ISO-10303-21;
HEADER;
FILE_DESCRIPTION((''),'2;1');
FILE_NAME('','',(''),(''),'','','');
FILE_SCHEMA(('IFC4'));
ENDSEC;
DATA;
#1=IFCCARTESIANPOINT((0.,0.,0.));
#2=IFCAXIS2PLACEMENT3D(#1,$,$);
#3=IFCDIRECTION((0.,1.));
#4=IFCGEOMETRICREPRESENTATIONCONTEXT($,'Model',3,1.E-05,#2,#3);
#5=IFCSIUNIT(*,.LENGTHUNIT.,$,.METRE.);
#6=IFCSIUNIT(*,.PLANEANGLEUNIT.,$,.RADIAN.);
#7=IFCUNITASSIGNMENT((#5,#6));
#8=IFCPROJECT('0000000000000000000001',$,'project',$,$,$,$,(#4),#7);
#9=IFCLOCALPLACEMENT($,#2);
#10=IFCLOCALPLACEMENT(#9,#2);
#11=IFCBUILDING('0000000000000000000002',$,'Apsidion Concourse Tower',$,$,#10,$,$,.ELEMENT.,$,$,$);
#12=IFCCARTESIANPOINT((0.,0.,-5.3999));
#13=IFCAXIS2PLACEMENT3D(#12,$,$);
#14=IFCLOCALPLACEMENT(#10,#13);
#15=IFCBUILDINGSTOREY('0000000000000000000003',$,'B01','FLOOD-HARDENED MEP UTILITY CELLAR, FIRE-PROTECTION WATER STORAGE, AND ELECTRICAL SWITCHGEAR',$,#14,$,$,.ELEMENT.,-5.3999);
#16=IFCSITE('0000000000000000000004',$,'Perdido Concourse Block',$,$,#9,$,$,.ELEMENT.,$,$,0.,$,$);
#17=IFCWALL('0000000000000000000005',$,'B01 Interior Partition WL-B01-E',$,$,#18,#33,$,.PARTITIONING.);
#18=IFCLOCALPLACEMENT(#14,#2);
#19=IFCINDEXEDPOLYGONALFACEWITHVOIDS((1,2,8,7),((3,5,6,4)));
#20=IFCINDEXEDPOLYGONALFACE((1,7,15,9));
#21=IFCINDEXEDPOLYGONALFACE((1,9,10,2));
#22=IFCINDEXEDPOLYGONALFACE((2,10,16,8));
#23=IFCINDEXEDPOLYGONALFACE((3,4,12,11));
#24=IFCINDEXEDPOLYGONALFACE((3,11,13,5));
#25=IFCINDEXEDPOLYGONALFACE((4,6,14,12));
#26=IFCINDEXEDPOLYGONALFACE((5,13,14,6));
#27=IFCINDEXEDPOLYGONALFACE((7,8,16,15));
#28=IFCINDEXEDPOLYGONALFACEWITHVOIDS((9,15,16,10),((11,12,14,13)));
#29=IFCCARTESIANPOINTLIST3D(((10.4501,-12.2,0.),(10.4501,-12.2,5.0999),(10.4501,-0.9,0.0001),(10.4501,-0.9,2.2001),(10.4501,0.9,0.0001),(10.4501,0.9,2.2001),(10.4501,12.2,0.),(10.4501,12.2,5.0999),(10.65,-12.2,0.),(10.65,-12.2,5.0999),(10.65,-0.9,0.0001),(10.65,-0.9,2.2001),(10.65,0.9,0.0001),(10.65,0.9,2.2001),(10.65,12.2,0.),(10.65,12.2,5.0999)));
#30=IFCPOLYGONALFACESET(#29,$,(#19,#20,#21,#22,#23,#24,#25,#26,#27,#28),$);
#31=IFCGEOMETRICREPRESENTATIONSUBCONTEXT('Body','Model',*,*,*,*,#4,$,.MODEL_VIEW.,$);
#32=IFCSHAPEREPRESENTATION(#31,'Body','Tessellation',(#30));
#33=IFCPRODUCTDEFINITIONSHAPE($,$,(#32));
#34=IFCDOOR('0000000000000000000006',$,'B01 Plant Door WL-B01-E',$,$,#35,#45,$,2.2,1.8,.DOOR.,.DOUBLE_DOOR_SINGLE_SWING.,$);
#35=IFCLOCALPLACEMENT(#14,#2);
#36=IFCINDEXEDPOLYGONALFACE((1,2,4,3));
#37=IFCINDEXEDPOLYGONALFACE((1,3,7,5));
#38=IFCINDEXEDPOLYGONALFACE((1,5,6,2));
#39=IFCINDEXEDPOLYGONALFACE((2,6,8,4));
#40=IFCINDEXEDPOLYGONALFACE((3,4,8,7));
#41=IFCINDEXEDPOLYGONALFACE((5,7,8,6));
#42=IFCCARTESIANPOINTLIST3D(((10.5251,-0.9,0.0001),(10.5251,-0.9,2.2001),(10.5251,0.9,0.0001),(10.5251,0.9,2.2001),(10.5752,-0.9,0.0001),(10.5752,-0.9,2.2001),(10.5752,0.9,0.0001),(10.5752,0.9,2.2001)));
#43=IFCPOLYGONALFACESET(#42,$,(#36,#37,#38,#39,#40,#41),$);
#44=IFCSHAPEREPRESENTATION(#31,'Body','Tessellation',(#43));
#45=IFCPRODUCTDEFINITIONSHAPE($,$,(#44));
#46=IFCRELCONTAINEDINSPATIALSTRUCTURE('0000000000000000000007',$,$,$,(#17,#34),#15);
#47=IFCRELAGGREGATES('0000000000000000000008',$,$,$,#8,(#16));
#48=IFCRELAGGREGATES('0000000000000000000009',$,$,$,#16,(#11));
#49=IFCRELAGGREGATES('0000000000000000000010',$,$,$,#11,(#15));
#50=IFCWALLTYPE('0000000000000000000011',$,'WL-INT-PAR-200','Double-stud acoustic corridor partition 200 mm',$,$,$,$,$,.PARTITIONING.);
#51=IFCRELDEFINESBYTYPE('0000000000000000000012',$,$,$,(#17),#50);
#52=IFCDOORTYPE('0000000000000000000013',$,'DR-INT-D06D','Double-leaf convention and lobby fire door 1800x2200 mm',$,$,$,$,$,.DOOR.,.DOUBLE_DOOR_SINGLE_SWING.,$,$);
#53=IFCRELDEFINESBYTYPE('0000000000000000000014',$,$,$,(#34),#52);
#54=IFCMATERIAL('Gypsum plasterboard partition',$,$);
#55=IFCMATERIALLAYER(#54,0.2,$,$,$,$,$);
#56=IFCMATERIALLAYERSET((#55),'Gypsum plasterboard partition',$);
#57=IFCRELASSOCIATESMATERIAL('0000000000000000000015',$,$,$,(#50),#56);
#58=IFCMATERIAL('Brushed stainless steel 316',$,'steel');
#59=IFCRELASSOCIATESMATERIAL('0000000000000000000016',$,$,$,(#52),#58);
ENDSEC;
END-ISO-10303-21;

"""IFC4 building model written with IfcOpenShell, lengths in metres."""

from ifc_helpers import new_model, si_unit, direction, frame, frame_2d, origin, place, context, subcontext, project, spatial, rectangle, extrude, material, layer, layer_set, type_object, element, fill, save


model = new_model("IFC4")

# Units and contexts
model_context = context("Model", 3, precision=1e-05, world=origin(), true_north=direction((0.0, 1.0)))
body_context = subcontext(model_context, "Body", "Model", "MODEL_VIEW")
ifc_project = project(units=[si_unit("LENGTHUNIT", "METRE"), si_unit("PLANEANGLEUNIT", "RADIAN")], contexts=[model_context])

# Site, building, storey
site_placement = place(None, origin())
site = spatial("IfcSite", under=ifc_project, at=site_placement, Name="Perdido Concourse Block", CompositionType="ELEMENT", RefElevation=0.0)
building_placement = place(site_placement, origin())
building = spatial("IfcBuilding", under=site, at=building_placement, Name="Apsidion Concourse Tower", CompositionType="ELEMENT")
storey_placement = place(building_placement, frame((0.0, 0.0, -5.3999)))
storey = spatial("IfcBuildingStorey", under=building, at=storey_placement, Name="B01", Description="FLOOD-HARDENED MEP UTILITY CELLAR, FIRE-PROTECTION WATER STORAGE, AND ELECTRICAL SWITCHGEAR", CompositionType="ELEMENT", Elevation=-5.3999)

# Shared definitions
ifc_material_1 = material(Name="Gypsum plasterboard partition")

# Wall, opening, door
ifc_layer_1 = layer(ifc_material_1, 0.2)
ifc_layer_set_1 = layer_set([ifc_layer_1], Name="Gypsum plasterboard partition")
wall_type_1 = type_object("IfcWallType", Name="WL-INT-PAR-200", Description="Double-stud acoustic corridor partition 200 mm", PredefinedType="PARTITIONING", material=ifc_layer_set_1)
wall_1_placement = place(storey_placement, frame((10.55, -12.2, 0.0), z_axis=(0.0, 0.0, 1.0), x_axis=(0.0, 1.0, 0.0)))
wall_1 = element("IfcWall", 1, at=wall_1_placement, inside=storey, type_object=wall_type_1, Name="B01 Interior Partition WL-B01-E", PredefinedType="PARTITIONING", context=body_context, shape_type="SweptSolid", body=[
    extrude(rectangle(XDim=24.3999, YDim=0.2, at=frame_2d((12.2, 0.0))), origin(), (0.0, 0.0, 1.0), 5.0999),
])
opening_placement = place(wall_1_placement, frame((11.3, 0.0, 0.0)))
opening = element("IfcOpeningElement", 2, at=opening_placement, cuts=wall_1, PredefinedType="OPENING", context=body_context, shape_type="SweptSolid", body=[
    extrude(rectangle(XDim=1.8, YDim=2.2, at=frame_2d((0.8999, 1.1001))), frame((0.0, 0.1099, 0.0), z_axis=(0.0, -1.0, 0.0), x_axis=(1.0, 0.0, 0.0)), (0.0, 0.0, 1.0), 0.22),
])
ifc_material_2 = material(Name="Brushed stainless steel 316", Category="steel")
door_type = type_object("IfcDoorType", Name="DR-INT-D06D", Description="Double-leaf convention and lobby fire door 1800x2200 mm", OperationType="DOUBLE_DOOR_SINGLE_SWING", PredefinedType="DOOR", material=ifc_material_2)
door_placement = place(opening_placement, origin())
door = element("IfcDoor", 3, at=door_placement, inside=storey, type_object=door_type, Name="B01 Plant Door WL-B01-E", OperationType="DOUBLE_DOOR_SINGLE_SWING", OverallHeight=2.2, OverallWidth=1.8, PredefinedType="DOOR", context=body_context, shape_type="SweptSolid", body=[
    extrude(rectangle(XDim=1.8, YDim=2.2, at=frame_2d((0.8999, 1.1001))), frame((0.0, 0.0249, 0.0), z_axis=(0.0, -1.0, 0.0), x_axis=(1.0, 0.0, 0.0)), (0.0, 0.0, 1.0), 0.05),
])
fill(opening, door)

save(model, "model.ifc")
